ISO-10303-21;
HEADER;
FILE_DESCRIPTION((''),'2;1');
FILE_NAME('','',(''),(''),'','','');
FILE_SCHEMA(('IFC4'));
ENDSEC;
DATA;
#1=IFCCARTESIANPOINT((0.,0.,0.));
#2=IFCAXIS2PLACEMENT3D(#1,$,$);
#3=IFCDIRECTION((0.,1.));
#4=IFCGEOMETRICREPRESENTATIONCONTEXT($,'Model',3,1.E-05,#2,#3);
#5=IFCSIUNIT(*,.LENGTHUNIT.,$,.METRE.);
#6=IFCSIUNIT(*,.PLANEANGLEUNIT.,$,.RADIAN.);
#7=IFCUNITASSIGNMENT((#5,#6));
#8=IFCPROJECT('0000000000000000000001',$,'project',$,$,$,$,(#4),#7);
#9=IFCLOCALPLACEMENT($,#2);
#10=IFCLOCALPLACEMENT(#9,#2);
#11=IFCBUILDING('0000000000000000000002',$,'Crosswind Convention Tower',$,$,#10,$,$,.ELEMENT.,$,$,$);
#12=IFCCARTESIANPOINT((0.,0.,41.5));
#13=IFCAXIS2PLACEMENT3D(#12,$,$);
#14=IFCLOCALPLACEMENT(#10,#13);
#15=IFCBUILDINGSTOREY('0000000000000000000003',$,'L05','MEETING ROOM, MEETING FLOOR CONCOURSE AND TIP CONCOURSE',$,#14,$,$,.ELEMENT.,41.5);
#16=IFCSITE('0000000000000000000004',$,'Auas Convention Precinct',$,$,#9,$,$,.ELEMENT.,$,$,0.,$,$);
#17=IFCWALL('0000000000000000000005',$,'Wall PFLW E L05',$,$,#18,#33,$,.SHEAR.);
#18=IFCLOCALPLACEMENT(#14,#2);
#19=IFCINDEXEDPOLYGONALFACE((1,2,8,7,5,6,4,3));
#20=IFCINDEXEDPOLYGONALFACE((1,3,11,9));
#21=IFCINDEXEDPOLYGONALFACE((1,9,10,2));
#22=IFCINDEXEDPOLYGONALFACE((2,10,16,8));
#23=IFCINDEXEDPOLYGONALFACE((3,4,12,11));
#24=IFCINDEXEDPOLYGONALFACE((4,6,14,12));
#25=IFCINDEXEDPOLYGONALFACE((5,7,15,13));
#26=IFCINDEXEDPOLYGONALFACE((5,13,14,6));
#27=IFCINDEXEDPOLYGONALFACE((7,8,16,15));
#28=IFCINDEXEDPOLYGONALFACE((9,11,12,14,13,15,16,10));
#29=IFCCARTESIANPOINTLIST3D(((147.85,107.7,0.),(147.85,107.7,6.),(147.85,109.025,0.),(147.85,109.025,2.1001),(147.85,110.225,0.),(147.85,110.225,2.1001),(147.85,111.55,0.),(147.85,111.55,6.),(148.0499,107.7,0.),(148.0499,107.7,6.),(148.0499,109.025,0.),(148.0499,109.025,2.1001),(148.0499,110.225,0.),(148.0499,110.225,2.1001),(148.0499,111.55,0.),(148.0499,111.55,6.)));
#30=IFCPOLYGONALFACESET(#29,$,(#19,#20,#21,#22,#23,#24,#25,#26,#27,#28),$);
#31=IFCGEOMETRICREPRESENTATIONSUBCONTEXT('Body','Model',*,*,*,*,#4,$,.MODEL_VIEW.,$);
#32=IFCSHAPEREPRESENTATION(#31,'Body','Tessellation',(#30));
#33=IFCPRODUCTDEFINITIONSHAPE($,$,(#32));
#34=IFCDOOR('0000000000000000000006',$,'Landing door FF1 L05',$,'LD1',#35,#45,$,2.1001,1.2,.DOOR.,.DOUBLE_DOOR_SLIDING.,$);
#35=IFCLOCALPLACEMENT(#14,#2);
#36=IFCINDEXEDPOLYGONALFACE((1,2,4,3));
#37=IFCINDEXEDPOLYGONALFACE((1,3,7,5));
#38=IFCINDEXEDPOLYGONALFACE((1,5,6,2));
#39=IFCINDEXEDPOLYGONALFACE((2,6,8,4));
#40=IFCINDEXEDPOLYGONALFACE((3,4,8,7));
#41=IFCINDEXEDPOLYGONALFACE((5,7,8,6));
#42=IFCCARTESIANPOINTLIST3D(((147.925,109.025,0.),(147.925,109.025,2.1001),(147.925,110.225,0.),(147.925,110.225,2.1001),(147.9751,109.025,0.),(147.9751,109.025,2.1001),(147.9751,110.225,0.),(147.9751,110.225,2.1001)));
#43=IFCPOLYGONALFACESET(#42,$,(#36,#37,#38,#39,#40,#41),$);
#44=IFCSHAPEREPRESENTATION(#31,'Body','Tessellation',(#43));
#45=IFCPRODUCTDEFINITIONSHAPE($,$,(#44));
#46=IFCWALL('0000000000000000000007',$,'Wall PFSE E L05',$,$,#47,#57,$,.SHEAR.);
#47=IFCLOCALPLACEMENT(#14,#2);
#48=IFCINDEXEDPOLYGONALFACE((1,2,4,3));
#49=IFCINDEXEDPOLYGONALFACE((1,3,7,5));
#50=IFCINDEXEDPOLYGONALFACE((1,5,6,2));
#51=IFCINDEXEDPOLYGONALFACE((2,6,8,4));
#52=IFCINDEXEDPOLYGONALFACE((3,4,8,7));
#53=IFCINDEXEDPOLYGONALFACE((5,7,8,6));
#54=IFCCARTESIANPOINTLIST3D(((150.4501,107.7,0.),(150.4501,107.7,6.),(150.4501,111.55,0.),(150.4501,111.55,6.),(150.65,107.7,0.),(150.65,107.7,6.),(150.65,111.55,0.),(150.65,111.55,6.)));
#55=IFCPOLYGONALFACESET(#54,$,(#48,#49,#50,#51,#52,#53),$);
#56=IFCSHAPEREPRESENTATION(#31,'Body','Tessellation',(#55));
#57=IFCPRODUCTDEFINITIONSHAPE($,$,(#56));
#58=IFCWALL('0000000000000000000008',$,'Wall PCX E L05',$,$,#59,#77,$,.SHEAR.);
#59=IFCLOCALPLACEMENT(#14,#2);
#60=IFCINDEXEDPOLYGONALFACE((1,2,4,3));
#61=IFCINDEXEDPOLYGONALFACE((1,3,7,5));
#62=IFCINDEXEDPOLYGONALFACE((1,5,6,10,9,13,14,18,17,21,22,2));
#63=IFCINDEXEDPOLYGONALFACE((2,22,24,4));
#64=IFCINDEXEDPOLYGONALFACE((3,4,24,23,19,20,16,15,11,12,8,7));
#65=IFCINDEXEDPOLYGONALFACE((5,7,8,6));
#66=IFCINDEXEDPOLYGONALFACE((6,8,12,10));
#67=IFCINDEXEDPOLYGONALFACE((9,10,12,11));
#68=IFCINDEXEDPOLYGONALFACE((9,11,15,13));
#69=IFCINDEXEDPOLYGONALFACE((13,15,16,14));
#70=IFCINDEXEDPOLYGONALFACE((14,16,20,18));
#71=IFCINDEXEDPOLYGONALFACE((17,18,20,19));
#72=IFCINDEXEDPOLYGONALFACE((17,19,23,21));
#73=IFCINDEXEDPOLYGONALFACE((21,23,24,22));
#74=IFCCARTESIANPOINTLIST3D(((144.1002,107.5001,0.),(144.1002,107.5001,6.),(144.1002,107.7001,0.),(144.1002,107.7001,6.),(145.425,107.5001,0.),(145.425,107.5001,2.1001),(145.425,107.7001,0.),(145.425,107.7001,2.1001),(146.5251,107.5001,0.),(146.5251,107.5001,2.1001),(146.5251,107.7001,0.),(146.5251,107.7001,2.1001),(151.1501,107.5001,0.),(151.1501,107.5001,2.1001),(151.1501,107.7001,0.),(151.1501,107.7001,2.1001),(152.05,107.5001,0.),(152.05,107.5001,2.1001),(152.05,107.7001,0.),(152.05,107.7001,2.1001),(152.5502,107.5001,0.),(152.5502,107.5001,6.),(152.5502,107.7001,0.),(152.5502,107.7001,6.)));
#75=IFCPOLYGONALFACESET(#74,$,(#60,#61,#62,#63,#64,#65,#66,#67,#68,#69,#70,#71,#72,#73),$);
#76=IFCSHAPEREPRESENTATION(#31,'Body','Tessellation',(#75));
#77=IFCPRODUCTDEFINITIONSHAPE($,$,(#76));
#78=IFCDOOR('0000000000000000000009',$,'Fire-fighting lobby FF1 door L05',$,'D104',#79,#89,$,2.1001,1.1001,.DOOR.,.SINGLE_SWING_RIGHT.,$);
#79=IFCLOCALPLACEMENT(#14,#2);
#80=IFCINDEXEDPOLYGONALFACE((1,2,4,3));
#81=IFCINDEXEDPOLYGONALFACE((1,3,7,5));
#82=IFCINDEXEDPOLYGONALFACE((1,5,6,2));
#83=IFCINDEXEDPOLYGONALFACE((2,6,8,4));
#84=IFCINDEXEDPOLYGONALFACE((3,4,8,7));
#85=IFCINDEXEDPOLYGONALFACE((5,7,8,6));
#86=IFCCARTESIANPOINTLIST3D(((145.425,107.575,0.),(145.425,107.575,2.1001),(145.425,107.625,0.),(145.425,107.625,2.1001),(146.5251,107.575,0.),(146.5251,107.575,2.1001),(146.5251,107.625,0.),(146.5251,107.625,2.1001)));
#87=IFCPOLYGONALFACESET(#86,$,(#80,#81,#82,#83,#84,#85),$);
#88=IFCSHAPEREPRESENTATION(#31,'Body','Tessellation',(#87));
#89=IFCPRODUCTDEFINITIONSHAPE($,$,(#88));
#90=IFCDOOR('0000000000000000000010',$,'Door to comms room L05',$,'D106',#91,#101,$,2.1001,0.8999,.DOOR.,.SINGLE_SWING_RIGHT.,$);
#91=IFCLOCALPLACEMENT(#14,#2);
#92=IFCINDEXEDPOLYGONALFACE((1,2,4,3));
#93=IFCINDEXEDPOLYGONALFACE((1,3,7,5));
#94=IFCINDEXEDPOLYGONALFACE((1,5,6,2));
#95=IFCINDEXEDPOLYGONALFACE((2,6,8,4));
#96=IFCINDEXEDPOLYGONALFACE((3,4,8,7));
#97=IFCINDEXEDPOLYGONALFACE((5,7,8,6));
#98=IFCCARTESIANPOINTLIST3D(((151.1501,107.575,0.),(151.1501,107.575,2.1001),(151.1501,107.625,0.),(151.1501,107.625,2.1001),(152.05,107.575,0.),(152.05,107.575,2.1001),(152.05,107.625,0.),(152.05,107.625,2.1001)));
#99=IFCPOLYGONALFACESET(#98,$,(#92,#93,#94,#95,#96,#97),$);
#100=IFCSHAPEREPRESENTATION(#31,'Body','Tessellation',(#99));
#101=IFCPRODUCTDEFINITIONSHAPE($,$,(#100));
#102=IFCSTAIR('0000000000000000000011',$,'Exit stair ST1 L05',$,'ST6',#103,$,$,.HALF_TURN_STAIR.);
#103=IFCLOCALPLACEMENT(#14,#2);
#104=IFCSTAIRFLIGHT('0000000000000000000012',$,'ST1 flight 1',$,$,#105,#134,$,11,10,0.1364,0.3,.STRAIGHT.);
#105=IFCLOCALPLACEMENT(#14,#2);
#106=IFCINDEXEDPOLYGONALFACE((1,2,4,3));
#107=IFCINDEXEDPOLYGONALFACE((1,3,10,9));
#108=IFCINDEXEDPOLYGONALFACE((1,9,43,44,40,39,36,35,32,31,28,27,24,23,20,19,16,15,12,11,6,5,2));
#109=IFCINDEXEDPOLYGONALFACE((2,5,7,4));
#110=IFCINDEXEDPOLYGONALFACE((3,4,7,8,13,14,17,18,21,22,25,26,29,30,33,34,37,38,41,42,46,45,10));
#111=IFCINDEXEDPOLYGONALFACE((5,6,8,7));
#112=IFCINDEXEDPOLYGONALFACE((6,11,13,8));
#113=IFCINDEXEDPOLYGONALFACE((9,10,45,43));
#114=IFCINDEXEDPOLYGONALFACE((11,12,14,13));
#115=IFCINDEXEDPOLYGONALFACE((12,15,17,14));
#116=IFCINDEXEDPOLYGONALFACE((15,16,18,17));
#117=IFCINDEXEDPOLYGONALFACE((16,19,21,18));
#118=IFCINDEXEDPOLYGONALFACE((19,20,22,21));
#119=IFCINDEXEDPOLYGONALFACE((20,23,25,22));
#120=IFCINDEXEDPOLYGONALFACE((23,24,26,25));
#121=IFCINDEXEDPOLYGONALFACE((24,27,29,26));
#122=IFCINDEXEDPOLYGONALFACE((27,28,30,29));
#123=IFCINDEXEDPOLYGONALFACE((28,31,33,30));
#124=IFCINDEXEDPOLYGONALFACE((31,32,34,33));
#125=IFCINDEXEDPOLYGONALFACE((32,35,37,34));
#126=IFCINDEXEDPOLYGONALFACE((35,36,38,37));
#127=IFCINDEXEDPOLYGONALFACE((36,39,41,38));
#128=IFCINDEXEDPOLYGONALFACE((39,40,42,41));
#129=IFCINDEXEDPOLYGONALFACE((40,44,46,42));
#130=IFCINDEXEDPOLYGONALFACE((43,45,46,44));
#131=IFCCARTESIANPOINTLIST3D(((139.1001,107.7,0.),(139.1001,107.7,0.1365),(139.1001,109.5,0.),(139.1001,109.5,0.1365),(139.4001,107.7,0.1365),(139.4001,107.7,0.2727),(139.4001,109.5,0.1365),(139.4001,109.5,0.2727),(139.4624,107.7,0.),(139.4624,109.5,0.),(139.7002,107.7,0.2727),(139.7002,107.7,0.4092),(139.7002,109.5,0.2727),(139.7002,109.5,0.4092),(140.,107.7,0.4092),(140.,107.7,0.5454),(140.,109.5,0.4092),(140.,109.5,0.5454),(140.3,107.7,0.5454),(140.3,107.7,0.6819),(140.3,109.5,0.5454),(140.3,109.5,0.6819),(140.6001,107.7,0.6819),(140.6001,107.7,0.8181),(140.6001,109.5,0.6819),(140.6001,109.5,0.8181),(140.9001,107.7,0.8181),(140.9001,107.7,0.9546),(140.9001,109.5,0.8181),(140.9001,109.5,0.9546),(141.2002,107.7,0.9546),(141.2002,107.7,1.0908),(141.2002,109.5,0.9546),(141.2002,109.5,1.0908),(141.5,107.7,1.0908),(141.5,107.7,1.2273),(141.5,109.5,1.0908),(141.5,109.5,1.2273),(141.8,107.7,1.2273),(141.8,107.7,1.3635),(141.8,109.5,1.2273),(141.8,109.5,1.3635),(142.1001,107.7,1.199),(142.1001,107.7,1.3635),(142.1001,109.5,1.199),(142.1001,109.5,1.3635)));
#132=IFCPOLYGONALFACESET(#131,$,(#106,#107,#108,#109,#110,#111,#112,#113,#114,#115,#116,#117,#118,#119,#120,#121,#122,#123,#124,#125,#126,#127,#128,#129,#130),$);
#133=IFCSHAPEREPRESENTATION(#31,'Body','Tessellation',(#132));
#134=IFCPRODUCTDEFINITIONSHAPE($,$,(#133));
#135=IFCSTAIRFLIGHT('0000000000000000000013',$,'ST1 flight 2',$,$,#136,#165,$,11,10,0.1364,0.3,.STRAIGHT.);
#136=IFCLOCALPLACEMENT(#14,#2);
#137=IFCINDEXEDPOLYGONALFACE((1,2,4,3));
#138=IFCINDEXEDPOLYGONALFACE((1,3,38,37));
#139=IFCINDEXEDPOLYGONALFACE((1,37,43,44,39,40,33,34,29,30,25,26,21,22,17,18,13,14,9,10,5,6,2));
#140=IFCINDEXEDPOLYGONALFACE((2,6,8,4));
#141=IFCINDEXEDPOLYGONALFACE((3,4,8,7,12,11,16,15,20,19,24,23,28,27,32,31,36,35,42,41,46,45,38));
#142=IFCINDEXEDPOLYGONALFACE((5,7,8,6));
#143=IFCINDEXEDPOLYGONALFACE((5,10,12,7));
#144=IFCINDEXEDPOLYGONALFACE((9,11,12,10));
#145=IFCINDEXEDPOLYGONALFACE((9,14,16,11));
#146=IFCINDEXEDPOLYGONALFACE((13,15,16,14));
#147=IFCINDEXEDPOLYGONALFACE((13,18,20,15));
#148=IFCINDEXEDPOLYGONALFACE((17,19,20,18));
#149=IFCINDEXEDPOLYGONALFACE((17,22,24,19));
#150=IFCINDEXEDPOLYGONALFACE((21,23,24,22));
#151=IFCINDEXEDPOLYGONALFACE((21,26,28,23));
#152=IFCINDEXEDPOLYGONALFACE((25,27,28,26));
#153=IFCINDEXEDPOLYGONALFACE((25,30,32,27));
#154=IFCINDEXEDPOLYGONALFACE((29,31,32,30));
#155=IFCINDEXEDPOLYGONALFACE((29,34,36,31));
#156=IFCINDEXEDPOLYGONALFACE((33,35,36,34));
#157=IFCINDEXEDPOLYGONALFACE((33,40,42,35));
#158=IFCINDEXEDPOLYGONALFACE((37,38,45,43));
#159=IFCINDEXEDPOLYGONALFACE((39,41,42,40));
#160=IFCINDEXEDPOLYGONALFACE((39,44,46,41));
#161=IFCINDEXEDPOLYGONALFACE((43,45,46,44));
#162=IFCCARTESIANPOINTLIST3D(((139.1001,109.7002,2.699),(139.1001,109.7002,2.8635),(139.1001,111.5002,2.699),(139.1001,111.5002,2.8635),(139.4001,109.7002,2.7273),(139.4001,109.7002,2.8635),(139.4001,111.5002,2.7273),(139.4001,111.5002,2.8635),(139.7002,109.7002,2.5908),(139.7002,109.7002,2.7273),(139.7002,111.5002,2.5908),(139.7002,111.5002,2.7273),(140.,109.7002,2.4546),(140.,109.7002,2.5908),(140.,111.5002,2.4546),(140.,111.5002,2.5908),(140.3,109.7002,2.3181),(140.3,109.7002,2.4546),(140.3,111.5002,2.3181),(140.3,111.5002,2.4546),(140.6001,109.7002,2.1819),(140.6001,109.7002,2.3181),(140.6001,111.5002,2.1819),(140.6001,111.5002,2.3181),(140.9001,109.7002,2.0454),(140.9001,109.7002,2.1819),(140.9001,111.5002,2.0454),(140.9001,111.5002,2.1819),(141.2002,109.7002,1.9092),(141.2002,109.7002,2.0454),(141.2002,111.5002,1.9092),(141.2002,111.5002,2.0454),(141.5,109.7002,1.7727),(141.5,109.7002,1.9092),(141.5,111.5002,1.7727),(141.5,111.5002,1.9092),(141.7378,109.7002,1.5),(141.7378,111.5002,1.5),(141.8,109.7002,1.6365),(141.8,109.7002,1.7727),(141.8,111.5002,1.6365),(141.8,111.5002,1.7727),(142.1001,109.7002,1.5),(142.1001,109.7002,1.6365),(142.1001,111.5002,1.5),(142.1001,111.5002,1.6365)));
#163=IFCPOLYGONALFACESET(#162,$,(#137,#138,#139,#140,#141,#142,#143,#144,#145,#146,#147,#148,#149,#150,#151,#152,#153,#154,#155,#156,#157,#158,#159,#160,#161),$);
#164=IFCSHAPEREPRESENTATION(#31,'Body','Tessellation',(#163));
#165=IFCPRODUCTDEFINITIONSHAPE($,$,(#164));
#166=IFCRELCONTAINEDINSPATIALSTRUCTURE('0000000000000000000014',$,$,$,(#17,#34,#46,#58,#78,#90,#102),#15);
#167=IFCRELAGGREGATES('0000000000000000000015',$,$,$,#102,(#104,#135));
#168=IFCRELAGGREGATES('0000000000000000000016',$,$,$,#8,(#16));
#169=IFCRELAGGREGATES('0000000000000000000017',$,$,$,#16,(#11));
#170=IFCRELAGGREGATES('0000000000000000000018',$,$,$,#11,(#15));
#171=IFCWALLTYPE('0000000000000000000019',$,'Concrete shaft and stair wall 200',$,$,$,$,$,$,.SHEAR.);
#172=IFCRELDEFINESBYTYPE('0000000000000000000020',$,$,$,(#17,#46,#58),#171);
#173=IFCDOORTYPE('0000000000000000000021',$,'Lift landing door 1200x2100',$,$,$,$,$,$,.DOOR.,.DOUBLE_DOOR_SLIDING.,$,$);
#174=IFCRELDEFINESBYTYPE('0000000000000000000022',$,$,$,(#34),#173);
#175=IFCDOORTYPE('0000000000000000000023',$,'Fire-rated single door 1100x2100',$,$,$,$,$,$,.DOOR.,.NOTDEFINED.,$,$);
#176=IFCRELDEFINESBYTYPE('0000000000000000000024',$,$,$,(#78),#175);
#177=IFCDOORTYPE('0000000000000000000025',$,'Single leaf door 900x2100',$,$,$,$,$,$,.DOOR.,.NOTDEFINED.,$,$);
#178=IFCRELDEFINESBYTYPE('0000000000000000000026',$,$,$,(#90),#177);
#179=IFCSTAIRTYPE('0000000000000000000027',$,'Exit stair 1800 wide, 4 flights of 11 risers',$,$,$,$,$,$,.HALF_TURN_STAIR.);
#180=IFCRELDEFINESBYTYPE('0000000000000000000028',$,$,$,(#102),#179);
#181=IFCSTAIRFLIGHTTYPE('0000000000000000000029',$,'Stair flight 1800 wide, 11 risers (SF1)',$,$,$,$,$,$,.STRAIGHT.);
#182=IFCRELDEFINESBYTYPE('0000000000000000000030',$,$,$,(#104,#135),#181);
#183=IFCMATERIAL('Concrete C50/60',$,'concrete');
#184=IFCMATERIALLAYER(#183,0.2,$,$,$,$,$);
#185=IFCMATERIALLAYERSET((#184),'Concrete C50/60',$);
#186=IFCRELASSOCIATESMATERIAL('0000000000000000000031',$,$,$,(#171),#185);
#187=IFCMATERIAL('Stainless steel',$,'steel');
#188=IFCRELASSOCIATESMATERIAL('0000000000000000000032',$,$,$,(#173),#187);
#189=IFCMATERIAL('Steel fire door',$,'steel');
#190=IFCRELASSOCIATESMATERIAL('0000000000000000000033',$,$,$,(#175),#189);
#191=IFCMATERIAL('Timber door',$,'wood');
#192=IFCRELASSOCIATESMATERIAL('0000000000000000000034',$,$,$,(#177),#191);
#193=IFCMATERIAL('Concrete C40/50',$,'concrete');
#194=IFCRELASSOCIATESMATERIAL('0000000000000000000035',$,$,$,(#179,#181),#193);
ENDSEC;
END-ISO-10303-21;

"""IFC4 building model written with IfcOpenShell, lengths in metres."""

from ifc_helpers import new_model, si_unit, direction, frame, frame_2d, origin, place, context, subcontext, project, spatial, polyline, rectangle, outline, extrude, material, layer, layer_set, type_object, element, fill, aggregate, save


model = new_model("IFC4")

# Units and contexts
model_context = context("Model", 3, precision=1e-05, world=origin(), true_north=direction((0.0, 1.0)))
body_context = subcontext(model_context, "Body", "Model", "MODEL_VIEW")
ifc_project = project(units=[si_unit("LENGTHUNIT", "METRE"), si_unit("PLANEANGLEUNIT", "RADIAN")], contexts=[model_context])

# Site, building, storey
site_placement = place(None, origin())
site = spatial("IfcSite", under=ifc_project, at=site_placement, Name="Auas Convention Precinct", CompositionType="ELEMENT", RefElevation=0.0)
building_placement = place(site_placement, origin())
building = spatial("IfcBuilding", under=site, at=building_placement, Name="Crosswind Convention Tower", CompositionType="ELEMENT")
storey_placement = place(building_placement, frame((0.0, 0.0, 41.5)))
storey = spatial("IfcBuildingStorey", under=building, at=storey_placement, Name="L05", Description="MEETING ROOM, MEETING FLOOR CONCOURSE AND TIP CONCOURSE", CompositionType="ELEMENT", Elevation=41.5)

# Shared definitions
ifc_material_1 = material(Name="Concrete C50/60", Category="concrete")
ifc_layer = layer(ifc_material_1, 0.2)
ifc_layer_set = layer_set([ifc_layer], Name="Concrete C50/60")
wall_type = type_object("IfcWallType", Name="Concrete shaft and stair wall 200", PredefinedType="SHEAR", material=ifc_layer_set)

# Wall, opening, door
wall_1_placement = place(storey_placement, frame((147.95, 107.7, 0.0), z_axis=(0.0, 0.0, 1.0), x_axis=(0.0, 1.0, 0.0)))
wall_1 = element("IfcWall", 1, at=wall_1_placement, inside=storey, type_object=wall_type, Name="Wall PFLW E L05", PredefinedType="SHEAR", context=body_context, shape_type="SweptSolid", body=[
    extrude(rectangle(XDim=3.8501, YDim=0.2, at=frame_2d((1.925, 0.0))), origin(), (0.0, 0.0, 1.0), 6.0),
])
opening_1_placement = place(wall_1_placement, frame((1.325, 0.0, 0.0)))
opening_1 = element("IfcOpeningElement", 2, at=opening_1_placement, cuts=wall_1, PredefinedType="OPENING", context=body_context, shape_type="SweptSolid", body=[
    extrude(rectangle(XDim=1.2, YDim=2.1001, at=frame_2d((0.6001, 1.05))), frame((0.0, 0.1099, 0.0), z_axis=(0.0, -1.0, 0.0), x_axis=(1.0, 0.0, 0.0)), (0.0, 0.0, 1.0), 0.22),
])
ifc_material_2 = material(Name="Stainless steel", Category="steel")
door_type_1 = type_object("IfcDoorType", Name="Lift landing door 1200x2100", OperationType="DOUBLE_DOOR_SLIDING", PredefinedType="DOOR", material=ifc_material_2)
door_1_placement = place(opening_1_placement, origin())
door_1 = element("IfcDoor", 3, at=door_1_placement, inside=storey, type_object=door_type_1, Name="Landing door FF1 L05", ObjectType="LD1", OperationType="DOUBLE_DOOR_SLIDING", OverallHeight=2.1001, OverallWidth=1.2, PredefinedType="DOOR", context=body_context, shape_type="SweptSolid", body=[
    extrude(rectangle(XDim=1.2, YDim=2.1001, at=frame_2d((0.6001, 1.05))), frame((0.0, 0.0249, 0.0), z_axis=(0.0, -1.0, 0.0), x_axis=(1.0, 0.0, 0.0)), (0.0, 0.0, 1.0), 0.05),
])
fill(opening_1, door_1)

# Wall
wall_2_placement = place(storey_placement, frame((150.55, 107.7, 0.0), z_axis=(0.0, 0.0, 1.0), x_axis=(0.0, 1.0, 0.0)))
element("IfcWall", 4, at=wall_2_placement, inside=storey, type_object=wall_type, Name="Wall PFSE E L05", PredefinedType="SHEAR", context=body_context, shape_type="SweptSolid", body=[
    extrude(rectangle(XDim=3.8501, YDim=0.2, at=frame_2d((1.925, 0.0))), origin(), (0.0, 0.0, 1.0), 6.0),
])

# Wall, openings, doors
wall_3_placement = place(storey_placement, frame((144.1001, 107.6001, 0.0), z_axis=(0.0, 0.0, 1.0), x_axis=(1.0, 0.0, 0.0)))
wall_3 = element("IfcWall", 5, at=wall_3_placement, inside=storey, type_object=wall_type, Name="Wall PCX E L05", PredefinedType="SHEAR", context=body_context, shape_type="SweptSolid", body=[
    extrude(rectangle(XDim=8.45, YDim=0.2, at=frame_2d((4.2251, 0.0))), origin(), (0.0, 0.0, 1.0), 6.0),
])
opening_2_placement = place(wall_3_placement, frame((1.325, 0.0, 0.0)))
opening_2 = element("IfcOpeningElement", 6, at=opening_2_placement, cuts=wall_3, PredefinedType="OPENING", context=body_context, shape_type="SweptSolid", body=[
    extrude(rectangle(XDim=1.1001, YDim=2.1001, at=frame_2d((0.55, 1.05))), frame((0.0, 0.1099, 0.0), z_axis=(0.0, -1.0, 0.0), x_axis=(1.0, 0.0, 0.0)), (0.0, 0.0, 1.0), 0.22),
])
opening_3_placement = place(wall_3_placement, frame((7.05, 0.0, 0.0)))
opening_3 = element("IfcOpeningElement", 7, at=opening_3_placement, cuts=wall_3, PredefinedType="OPENING", context=body_context, shape_type="SweptSolid", body=[
    extrude(rectangle(XDim=0.8999, YDim=2.1001, at=frame_2d((0.45, 1.05))), frame((0.0, 0.1099, 0.0), z_axis=(0.0, -1.0, 0.0), x_axis=(1.0, 0.0, 0.0)), (0.0, 0.0, 1.0), 0.22),
])
ifc_material_3 = material(Name="Steel fire door", Category="steel")
door_type_2 = type_object("IfcDoorType", Name="Fire-rated single door 1100x2100", OperationType="NOTDEFINED", PredefinedType="DOOR", material=ifc_material_3)
door_2_placement = place(opening_2_placement, origin())
door_2 = element("IfcDoor", 8, at=door_2_placement, inside=storey, type_object=door_type_2, Name="Fire-fighting lobby FF1 door L05", ObjectType="D104", OperationType="SINGLE_SWING_RIGHT", OverallHeight=2.1001, OverallWidth=1.1001, PredefinedType="DOOR", context=body_context, shape_type="SweptSolid", body=[
    extrude(rectangle(XDim=1.1001, YDim=2.1001, at=frame_2d((0.55, 1.05))), frame((0.0, 0.0249, 0.0), z_axis=(0.0, -1.0, 0.0), x_axis=(1.0, 0.0, 0.0)), (0.0, 0.0, 1.0), 0.05),
])
fill(opening_2, door_2)
ifc_material_4 = material(Name="Timber door", Category="wood")
door_type_3 = type_object("IfcDoorType", Name="Single leaf door 900x2100", OperationType="NOTDEFINED", PredefinedType="DOOR", material=ifc_material_4)
door_3_placement = place(opening_3_placement, origin())
door_3 = element("IfcDoor", 9, at=door_3_placement, inside=storey, type_object=door_type_3, Name="Door to comms room L05", ObjectType="D106", OperationType="SINGLE_SWING_RIGHT", OverallHeight=2.1001, OverallWidth=0.8999, PredefinedType="DOOR", context=body_context, shape_type="SweptSolid", body=[
    extrude(rectangle(XDim=0.8999, YDim=2.1001, at=frame_2d((0.45, 1.05))), frame((0.0, 0.0249, 0.0), z_axis=(0.0, -1.0, 0.0), x_axis=(1.0, 0.0, 0.0)), (0.0, 0.0, 1.0), 0.05),
])
fill(opening_3, door_3)

# Stair, stair flights
ifc_material_5 = material(Name="Concrete C40/50", Category="concrete")
stair_type = type_object("IfcStairType", Name="Exit stair 1800 wide, 4 flights of 11 risers", PredefinedType="HALF_TURN_STAIR", material=ifc_material_5)
stair_placement = place(storey_placement, origin())
stair = element("IfcStair", 10, at=stair_placement, inside=storey, type_object=stair_type, Name="Exit stair ST1 L05", ObjectType="ST6", PredefinedType="HALF_TURN_STAIR")
stair_flight_type = type_object("IfcStairFlightType", Name="Stair flight 1800 wide, 11 risers (SF1)", PredefinedType="STRAIGHT", material=ifc_material_5)
stair_flight_1_placement = place(storey_placement, frame((139.1001, 108.6001, 0.0), z_axis=(0.0, 0.0, 1.0), x_axis=(1.0, 0.0, 0.0)))
stair_flight_1 = element("IfcStairFlight", 11, at=stair_flight_1_placement, type_object=stair_flight_type, Name="ST1 flight 1", NumberOfRisers=11, NumberOfTreads=10, PredefinedType="STRAIGHT", RiserHeight=0.1364, TreadLength=0.3, context=body_context, shape_type="SweptSolid", body=[
    extrude(outline(polyline([(0.0, 0.0), (0.0, 0.1365), (0.3, 0.1365), (0.3, 0.2727), (0.6001, 0.2727), (0.6001, 0.4092), (0.8999, 0.4092), (0.8999, 0.5454), (1.2, 0.5454), (1.2, 0.6819), (1.5, 0.6819), (1.5, 0.8181), (1.8, 0.8181), (1.8, 0.9546), (2.1001, 0.9546), (2.1001, 1.0908), (2.3999, 1.0908), (2.3999, 1.2273), (2.7, 1.2273), (2.7, 1.3635), (3.0, 1.3635), (3.0, 1.5), (3.0, 1.199), (0.3623, 0.0), (0.0, 0.0)])), frame((0.0, 0.8999, 0.0), z_axis=(0.0, -1.0, 0.0), x_axis=(1.0, 0.0, 0.0)), (0.0, 0.0, 1.0), 1.8),
])
stair_flight_2_placement = place(storey_placement, frame((142.1001, 110.6001, 1.5), z_axis=(0.0, 0.0, 1.0), x_axis=(-1.0, 0.0, 0.0)))
stair_flight_2 = element("IfcStairFlight", 12, at=stair_flight_2_placement, type_object=stair_flight_type, Name="ST1 flight 2", NumberOfRisers=11, NumberOfTreads=10, PredefinedType="STRAIGHT", RiserHeight=0.1364, TreadLength=0.3, context=body_context, shape_type="SweptSolid", body=[
    extrude(outline(polyline([(0.0, 0.0), (0.0, 0.1365), (0.3, 0.1365), (0.3, 0.2727), (0.6001, 0.2727), (0.6001, 0.4092), (0.8999, 0.4092), (0.8999, 0.5454), (1.2, 0.5454), (1.2, 0.6819), (1.5, 0.6819), (1.5, 0.8181), (1.8, 0.8181), (1.8, 0.9546), (2.1001, 0.9546), (2.1001, 1.0908), (2.3999, 1.0908), (2.3999, 1.2273), (2.7, 1.2273), (2.7, 1.3635), (3.0, 1.3635), (3.0, 1.5), (3.0, 1.199), (0.3623, 0.0), (0.0, 0.0)])), frame((0.0, 0.8999, 0.0), z_axis=(0.0, -1.0, 0.0), x_axis=(1.0, 0.0, 0.0)), (0.0, 0.0, 1.0), 1.8),
])
aggregate(stair, [stair_flight_1, stair_flight_2])

save(model, "model.ifc")
